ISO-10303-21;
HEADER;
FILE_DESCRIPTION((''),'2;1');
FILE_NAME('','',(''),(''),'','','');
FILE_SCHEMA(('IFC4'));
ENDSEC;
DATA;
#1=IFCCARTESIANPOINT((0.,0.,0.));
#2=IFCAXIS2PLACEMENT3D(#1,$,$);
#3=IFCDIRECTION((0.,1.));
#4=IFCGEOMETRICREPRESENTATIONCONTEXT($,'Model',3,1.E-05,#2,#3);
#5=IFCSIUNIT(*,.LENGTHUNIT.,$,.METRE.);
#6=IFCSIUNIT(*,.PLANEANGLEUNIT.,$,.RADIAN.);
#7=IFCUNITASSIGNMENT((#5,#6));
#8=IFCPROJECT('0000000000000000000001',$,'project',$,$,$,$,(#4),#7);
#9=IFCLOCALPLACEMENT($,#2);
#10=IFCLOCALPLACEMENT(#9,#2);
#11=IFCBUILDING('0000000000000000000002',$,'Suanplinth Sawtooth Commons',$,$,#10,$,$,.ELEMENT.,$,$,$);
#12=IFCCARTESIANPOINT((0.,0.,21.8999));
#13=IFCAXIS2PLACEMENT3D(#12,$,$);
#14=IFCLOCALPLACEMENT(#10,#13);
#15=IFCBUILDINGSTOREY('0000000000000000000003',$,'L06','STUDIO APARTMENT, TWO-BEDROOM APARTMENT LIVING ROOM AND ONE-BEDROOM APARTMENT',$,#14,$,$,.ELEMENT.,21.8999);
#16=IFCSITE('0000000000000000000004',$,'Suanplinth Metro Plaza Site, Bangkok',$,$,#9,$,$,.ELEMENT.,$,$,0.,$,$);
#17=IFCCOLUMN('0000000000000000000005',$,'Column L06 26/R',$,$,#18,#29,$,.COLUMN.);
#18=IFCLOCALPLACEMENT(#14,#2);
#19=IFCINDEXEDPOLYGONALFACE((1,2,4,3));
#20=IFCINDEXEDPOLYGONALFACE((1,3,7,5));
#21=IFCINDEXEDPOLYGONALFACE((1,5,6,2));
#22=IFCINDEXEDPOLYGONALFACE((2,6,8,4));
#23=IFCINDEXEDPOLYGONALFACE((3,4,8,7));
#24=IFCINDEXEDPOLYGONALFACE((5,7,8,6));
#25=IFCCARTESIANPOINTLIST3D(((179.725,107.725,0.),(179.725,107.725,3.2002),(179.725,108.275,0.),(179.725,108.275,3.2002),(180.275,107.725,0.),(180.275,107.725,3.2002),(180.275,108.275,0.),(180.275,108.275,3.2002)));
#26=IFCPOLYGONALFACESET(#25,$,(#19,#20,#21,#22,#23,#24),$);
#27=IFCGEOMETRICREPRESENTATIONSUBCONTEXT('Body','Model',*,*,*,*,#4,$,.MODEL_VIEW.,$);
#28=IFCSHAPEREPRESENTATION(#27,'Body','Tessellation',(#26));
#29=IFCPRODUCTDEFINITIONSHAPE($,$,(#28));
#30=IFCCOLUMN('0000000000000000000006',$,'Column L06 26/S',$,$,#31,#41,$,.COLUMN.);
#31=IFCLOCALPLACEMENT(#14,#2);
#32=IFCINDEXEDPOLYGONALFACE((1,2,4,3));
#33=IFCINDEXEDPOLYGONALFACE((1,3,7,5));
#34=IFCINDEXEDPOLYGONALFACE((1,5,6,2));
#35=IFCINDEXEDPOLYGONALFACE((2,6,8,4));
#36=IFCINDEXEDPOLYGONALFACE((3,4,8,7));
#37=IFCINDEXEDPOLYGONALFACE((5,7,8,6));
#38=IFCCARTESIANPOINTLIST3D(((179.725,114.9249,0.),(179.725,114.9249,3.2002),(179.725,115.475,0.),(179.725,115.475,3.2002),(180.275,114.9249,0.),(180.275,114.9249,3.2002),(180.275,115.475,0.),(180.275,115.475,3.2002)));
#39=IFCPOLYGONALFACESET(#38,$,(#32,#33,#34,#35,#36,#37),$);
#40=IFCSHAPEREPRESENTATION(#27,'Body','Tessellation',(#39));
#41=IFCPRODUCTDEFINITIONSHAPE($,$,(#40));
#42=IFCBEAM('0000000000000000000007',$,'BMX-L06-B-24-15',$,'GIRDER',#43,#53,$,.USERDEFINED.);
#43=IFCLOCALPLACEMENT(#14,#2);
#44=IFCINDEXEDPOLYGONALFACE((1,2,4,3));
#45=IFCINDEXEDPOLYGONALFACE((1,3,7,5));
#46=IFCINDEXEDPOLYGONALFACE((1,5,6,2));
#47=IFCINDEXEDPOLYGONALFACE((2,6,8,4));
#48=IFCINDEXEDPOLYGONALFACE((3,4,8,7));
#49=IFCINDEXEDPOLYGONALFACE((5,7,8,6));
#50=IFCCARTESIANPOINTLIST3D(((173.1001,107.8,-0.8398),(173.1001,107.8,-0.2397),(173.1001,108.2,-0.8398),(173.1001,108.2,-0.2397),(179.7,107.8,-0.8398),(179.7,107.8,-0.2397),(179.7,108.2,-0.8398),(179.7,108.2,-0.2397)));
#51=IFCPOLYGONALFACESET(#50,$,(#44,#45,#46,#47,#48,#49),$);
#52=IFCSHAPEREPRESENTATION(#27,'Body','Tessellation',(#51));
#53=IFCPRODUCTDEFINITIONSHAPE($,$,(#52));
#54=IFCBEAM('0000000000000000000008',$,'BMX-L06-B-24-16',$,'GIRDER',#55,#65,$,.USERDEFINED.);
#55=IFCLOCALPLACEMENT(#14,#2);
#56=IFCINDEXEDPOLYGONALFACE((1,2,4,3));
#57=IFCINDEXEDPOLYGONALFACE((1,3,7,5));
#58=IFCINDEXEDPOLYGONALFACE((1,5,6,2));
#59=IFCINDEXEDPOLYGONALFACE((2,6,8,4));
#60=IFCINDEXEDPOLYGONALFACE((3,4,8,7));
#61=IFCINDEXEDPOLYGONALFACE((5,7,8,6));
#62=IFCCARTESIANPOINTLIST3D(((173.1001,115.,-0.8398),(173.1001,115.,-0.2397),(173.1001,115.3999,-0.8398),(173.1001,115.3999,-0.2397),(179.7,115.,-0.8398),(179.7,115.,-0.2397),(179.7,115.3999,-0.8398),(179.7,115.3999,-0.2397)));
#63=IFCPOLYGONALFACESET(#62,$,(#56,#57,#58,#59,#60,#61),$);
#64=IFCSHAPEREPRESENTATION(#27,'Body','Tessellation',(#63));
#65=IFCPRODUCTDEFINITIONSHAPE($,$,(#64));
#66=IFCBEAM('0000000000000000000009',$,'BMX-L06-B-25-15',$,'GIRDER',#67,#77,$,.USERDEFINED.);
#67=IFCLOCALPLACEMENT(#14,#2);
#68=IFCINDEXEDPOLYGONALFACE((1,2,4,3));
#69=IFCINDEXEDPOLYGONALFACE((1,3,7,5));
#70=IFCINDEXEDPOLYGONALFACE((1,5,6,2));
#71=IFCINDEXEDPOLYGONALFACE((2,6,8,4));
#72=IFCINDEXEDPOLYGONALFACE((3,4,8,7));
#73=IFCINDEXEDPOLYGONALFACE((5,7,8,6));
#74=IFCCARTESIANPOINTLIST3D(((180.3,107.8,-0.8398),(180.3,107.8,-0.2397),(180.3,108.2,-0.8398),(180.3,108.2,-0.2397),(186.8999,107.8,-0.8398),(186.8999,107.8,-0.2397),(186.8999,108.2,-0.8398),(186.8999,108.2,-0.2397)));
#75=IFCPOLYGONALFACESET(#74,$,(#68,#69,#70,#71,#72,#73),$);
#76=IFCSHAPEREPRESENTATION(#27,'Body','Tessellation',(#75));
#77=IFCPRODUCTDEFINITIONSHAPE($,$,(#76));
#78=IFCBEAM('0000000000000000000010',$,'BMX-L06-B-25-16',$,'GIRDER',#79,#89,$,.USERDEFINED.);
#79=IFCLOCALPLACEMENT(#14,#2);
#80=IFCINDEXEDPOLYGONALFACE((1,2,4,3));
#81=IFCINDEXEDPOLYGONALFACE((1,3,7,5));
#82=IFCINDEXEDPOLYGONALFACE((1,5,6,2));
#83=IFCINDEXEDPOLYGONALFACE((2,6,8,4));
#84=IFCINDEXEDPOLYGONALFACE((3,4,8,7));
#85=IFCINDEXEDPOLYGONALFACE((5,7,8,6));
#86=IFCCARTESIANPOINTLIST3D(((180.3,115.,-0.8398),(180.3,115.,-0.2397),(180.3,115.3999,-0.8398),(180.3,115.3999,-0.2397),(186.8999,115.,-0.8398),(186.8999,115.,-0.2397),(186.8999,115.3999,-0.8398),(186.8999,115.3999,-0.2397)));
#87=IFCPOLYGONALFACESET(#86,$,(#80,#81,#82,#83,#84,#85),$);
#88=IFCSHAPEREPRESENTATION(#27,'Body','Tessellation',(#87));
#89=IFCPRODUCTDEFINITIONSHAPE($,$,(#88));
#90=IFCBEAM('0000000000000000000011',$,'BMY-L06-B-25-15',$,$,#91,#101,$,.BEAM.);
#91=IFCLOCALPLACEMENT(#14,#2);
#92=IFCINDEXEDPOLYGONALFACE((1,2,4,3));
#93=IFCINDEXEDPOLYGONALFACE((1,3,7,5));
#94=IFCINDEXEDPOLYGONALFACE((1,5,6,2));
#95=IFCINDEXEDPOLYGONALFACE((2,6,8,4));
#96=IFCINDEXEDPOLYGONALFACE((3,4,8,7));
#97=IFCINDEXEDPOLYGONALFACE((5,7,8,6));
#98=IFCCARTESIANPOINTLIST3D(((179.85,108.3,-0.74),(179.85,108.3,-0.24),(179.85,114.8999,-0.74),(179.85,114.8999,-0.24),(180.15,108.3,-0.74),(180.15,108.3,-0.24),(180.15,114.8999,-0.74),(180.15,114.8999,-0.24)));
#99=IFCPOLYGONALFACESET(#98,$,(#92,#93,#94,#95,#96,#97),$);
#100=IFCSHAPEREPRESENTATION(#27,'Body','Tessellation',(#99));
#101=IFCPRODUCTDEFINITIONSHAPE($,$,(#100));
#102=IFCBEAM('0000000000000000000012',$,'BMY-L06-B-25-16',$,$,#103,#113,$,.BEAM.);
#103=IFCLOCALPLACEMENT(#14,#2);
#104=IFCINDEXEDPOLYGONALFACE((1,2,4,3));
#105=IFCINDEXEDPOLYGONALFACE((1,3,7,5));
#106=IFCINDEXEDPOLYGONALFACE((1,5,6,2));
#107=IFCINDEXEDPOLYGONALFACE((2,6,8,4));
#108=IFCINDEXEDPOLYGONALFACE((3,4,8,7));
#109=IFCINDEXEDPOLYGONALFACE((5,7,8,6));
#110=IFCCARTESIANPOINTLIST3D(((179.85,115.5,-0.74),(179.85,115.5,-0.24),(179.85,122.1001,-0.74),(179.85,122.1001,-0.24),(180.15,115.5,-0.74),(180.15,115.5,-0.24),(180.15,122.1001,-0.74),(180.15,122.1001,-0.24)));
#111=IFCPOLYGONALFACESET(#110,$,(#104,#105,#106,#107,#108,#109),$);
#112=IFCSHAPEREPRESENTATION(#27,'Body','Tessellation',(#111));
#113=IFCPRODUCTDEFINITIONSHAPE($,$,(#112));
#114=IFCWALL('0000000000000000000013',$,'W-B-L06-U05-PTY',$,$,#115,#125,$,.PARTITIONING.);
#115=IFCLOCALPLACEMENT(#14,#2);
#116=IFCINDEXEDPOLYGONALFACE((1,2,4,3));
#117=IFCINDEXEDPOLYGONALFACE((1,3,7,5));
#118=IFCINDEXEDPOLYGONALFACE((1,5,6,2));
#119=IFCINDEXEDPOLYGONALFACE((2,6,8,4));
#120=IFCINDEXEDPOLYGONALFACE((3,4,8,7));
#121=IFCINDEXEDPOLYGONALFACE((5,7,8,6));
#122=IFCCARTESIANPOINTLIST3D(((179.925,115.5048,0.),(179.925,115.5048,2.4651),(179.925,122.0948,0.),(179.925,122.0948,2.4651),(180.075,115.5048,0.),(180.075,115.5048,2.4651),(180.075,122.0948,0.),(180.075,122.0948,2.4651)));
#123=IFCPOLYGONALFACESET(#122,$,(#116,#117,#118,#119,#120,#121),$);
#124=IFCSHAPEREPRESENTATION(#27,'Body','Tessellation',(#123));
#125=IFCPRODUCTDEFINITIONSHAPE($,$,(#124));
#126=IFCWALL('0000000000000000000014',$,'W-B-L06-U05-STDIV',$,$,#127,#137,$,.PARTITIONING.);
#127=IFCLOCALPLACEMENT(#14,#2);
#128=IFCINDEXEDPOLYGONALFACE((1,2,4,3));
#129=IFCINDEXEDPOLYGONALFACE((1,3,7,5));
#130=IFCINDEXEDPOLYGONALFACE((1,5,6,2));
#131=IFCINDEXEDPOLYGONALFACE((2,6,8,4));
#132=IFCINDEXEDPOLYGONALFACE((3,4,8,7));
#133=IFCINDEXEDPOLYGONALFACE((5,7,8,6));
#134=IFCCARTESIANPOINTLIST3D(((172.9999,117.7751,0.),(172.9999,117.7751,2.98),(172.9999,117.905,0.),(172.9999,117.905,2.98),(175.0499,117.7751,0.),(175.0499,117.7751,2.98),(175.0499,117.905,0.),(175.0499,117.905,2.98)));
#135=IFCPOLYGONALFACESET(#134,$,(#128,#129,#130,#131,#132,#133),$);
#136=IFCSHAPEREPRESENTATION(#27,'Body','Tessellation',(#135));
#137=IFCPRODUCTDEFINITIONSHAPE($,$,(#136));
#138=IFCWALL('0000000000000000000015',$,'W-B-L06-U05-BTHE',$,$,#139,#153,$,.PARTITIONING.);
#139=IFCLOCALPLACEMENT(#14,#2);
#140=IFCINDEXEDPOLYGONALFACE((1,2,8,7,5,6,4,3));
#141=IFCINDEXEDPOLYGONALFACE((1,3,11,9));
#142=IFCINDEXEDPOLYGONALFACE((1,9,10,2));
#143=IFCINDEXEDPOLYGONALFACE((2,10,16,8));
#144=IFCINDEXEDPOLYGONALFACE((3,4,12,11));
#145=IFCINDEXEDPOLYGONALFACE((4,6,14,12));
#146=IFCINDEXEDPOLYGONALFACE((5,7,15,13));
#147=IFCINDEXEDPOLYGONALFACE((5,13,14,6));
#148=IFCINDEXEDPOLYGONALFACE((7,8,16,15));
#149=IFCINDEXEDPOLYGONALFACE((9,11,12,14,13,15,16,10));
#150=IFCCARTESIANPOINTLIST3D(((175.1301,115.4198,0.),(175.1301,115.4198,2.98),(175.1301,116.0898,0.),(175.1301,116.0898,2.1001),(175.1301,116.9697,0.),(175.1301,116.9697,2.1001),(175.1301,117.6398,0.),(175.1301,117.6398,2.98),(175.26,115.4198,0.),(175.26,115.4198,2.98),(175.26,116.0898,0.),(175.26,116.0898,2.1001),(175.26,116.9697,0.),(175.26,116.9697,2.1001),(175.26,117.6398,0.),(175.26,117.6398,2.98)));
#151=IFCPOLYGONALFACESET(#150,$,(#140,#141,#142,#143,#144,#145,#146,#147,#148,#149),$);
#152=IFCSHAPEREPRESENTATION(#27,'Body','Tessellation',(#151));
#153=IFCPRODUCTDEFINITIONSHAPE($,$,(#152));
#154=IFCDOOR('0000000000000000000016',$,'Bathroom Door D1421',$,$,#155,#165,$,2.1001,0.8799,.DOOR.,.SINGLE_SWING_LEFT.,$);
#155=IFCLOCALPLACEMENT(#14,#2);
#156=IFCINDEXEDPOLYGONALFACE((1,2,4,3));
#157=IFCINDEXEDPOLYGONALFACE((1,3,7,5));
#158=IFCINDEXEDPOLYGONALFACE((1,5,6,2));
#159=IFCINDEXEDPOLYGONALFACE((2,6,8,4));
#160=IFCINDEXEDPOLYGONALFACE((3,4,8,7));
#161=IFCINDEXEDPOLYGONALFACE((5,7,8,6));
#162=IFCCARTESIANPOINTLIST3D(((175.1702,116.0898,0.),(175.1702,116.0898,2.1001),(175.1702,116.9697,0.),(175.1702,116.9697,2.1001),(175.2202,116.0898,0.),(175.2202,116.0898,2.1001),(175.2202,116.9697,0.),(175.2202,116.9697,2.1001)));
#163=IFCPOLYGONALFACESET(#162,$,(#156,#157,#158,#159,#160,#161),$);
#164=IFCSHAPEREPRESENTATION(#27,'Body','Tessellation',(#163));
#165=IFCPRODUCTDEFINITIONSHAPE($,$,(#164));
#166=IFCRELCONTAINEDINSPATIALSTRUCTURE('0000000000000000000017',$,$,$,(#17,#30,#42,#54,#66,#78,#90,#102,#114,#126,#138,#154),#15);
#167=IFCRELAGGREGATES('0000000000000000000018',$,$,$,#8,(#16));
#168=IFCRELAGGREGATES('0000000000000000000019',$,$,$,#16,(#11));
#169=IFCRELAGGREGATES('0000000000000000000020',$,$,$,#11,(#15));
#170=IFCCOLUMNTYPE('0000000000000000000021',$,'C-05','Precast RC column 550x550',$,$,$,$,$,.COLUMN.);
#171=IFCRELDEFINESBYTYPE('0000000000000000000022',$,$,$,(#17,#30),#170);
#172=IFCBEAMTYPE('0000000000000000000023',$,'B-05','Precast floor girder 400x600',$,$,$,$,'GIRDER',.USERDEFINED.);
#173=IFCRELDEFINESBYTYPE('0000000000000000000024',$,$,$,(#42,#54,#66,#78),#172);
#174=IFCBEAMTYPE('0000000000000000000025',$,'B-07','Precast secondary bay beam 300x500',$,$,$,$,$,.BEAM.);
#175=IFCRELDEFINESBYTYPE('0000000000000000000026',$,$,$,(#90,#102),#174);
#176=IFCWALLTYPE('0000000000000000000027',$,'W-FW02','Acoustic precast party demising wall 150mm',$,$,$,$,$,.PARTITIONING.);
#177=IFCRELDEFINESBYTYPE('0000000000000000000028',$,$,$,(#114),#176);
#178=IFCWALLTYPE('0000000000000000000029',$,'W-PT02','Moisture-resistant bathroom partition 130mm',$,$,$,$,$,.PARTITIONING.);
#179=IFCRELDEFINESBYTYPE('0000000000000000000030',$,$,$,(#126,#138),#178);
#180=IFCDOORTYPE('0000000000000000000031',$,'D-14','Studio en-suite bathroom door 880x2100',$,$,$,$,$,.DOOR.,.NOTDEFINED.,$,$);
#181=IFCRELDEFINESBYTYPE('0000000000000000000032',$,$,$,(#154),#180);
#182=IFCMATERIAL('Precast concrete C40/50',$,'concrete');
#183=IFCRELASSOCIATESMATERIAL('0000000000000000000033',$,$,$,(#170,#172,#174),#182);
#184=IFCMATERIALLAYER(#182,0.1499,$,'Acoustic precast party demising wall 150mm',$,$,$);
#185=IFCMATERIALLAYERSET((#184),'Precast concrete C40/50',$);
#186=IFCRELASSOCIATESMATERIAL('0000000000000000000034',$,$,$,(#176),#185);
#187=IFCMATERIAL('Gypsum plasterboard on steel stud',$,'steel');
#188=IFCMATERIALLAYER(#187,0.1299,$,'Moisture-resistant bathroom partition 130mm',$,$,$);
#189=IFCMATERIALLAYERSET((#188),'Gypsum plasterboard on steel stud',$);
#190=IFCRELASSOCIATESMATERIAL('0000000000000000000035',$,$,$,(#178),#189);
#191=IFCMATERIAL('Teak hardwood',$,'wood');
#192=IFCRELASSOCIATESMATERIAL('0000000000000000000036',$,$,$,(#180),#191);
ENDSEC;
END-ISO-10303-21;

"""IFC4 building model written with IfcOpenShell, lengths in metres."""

from ifc_helpers import new_model, si_unit, direction, frame, frame_2d, origin, origin_2d, place, context, subcontext, project, spatial, rectangle, extrude, material, layer, layer_set, material_profile, profile_set, type_object, element, fill, save


model = new_model("IFC4")

# Units and contexts
model_context = context("Model", 3, precision=1e-05, world=origin(), true_north=direction((0.0, 1.0)))
body_context = subcontext(model_context, "Body", "Model", "MODEL_VIEW")
ifc_project = project(units=[si_unit("LENGTHUNIT", "METRE"), si_unit("PLANEANGLEUNIT", "RADIAN")], contexts=[model_context])

# Site, building, storey
site_placement = place(None, origin())
site = spatial("IfcSite", under=ifc_project, at=site_placement, Name="Suanplinth Metro Plaza Site, Bangkok", CompositionType="ELEMENT", RefElevation=0.0)
building_placement = place(site_placement, origin())
building = spatial("IfcBuilding", under=site, at=building_placement, Name="Suanplinth Sawtooth Commons", CompositionType="ELEMENT")
storey_placement = place(building_placement, frame((0.0, 0.0, 21.8999)))
storey = spatial("IfcBuildingStorey", under=building, at=storey_placement, Name="L06", Description="STUDIO APARTMENT, TWO-BEDROOM APARTMENT LIVING ROOM AND ONE-BEDROOM APARTMENT", CompositionType="ELEMENT", Elevation=21.8999)

# Columns
ifc_material_1 = material(Name="Precast concrete C40/50", Category="concrete")
ifc_material_profile_1 = material_profile(ifc_material_1, rectangle(XDim=0.55, YDim=0.55, at=origin_2d()), Name="PC-COL 550x550")
ifc_profile_set_1 = profile_set([ifc_material_profile_1], Name="Precast concrete C40/50")
column_type = type_object("IfcColumnType", Name="C-05", Description="Precast RC column 550x550", PredefinedType="COLUMN", material=ifc_profile_set_1)
for number, where, z_axis, x_axis, name in (
    (1, (180.0, 108.0, 0.0), (0.0, 0.0, 1.0), (1.0, 0.0, 0.0), "Column L06 26/R"),
    (2, (180.0, 115.2, 0.0), (0.0, 0.0, 1.0), (1.0, 0.0, 0.0), "Column L06 26/S"),
):
    element("IfcColumn", number, at=place(storey_placement, frame(where, z_axis=z_axis, x_axis=x_axis)), inside=storey, type_object=column_type, Name=name, PredefinedType="COLUMN", context=body_context, shape_type="SweptSolid", body=[
        extrude(rectangle(XDim=0.55, YDim=0.55, at=origin_2d()), origin(), (0.0, 0.0, 1.0), 3.2002),
    ])

# Beams
ifc_material_profile_2 = material_profile(ifc_material_1, rectangle(XDim=0.3999, YDim=0.6001, at=origin_2d()), Name="PC-GDR 400x600")
ifc_profile_set_2 = profile_set([ifc_material_profile_2], Name="Precast concrete C40/50")
beam_type_1 = type_object("IfcBeamType", Name="B-05", Description="Precast floor girder 400x600", ElementType="GIRDER", PredefinedType="USERDEFINED", material=ifc_profile_set_2)
for number, where, z_axis, x_axis, name in (
    (3, (173.1001, 108.0, -0.5398), (1.0, 0.0, 0.0), (0.0, 1.0, 0.0), "BMX-L06-B-24-15"),
    (4, (173.1001, 115.2, -0.5398), (1.0, 0.0, 0.0), (0.0, 1.0, 0.0), "BMX-L06-B-24-16"),
    (5, (180.3, 108.0, -0.5398), (1.0, 0.0, 0.0), (0.0, 1.0, 0.0), "BMX-L06-B-25-15"),
    (6, (180.3, 115.2, -0.5398), (1.0, 0.0, 0.0), (0.0, 1.0, 0.0), "BMX-L06-B-25-16"),
):
    element("IfcBeam", number, at=place(storey_placement, frame(where, z_axis=z_axis, x_axis=x_axis)), inside=storey, type_object=beam_type_1, Name=name, ObjectType="GIRDER", PredefinedType="USERDEFINED", context=body_context, shape_type="SweptSolid", body=[
        extrude(rectangle(XDim=0.3999, YDim=0.6001, at=origin_2d()), origin(), (0.0, 0.0, 1.0), 6.5999),
    ])
ifc_material_profile_3 = material_profile(ifc_material_1, rectangle(XDim=0.3, YDim=0.5, at=origin_2d()), Name="PC-BM 300x500")
ifc_profile_set_3 = profile_set([ifc_material_profile_3], Name="Precast concrete C40/50")
beam_type_2 = type_object("IfcBeamType", Name="B-07", Description="Precast secondary bay beam 300x500", PredefinedType="BEAM", material=ifc_profile_set_3)
beam_1_placement = place(storey_placement, frame((180.0, 108.3, -0.49), z_axis=(0.0, 1.0, 0.0), x_axis=(-1.0, 0.0, 0.0)))
element("IfcBeam", 7, at=beam_1_placement, inside=storey, type_object=beam_type_2, Name="BMY-L06-B-25-15", PredefinedType="BEAM", context=body_context, shape_type="SweptSolid", body=[
    extrude(rectangle(XDim=0.3, YDim=0.5, at=origin_2d()), origin(), (0.0, 0.0, 1.0), 6.5999),
])
beam_2_placement = place(storey_placement, frame((180.0, 115.5, -0.49), z_axis=(0.0, 1.0, 0.0), x_axis=(-1.0, 0.0, 0.0)))
element("IfcBeam", 8, at=beam_2_placement, inside=storey, type_object=beam_type_2, Name="BMY-L06-B-25-16", PredefinedType="BEAM", context=body_context, shape_type="SweptSolid", body=[
    extrude(rectangle(XDim=0.3, YDim=0.5, at=origin_2d()), origin(), (0.0, 0.0, 1.0), 6.6001),
])

# Walls
ifc_layer_1 = layer(ifc_material_1, 0.1499, Name="Acoustic precast party demising wall 150mm")
ifc_layer_set_1 = layer_set([ifc_layer_1], Name="Precast concrete C40/50")
wall_type_1 = type_object("IfcWallType", Name="W-FW02", Description="Acoustic precast party demising wall 150mm", PredefinedType="PARTITIONING", material=ifc_layer_set_1)
wall_1_placement = place(storey_placement, frame((180.0, 115.5049, 0.0), z_axis=(0.0, 0.0, 1.0), x_axis=(0.0, 1.0, 0.0)))
element("IfcWall", 9, at=wall_1_placement, inside=storey, type_object=wall_type_1, Name="W-B-L06-U05-PTY", PredefinedType="PARTITIONING", context=body_context, shape_type="SweptSolid", body=[
    extrude(rectangle(XDim=6.5901, YDim=0.1499, at=frame_2d((3.2949, 0.0))), origin(), (0.0, 0.0, 1.0), 2.4651),
])
ifc_material_2 = material(Name="Gypsum plasterboard on steel stud", Category="steel")
ifc_layer_2 = layer(ifc_material_2, 0.1299, Name="Moisture-resistant bathroom partition 130mm")
ifc_layer_set_2 = layer_set([ifc_layer_2], Name="Gypsum plasterboard on steel stud")
wall_type_2 = type_object("IfcWallType", Name="W-PT02", Description="Moisture-resistant bathroom partition 130mm", PredefinedType="PARTITIONING", material=ifc_layer_set_2)
wall_2_placement = place(storey_placement, frame((173.0, 117.8401, 0.0), z_axis=(0.0, 0.0, 1.0), x_axis=(1.0, 0.0, 0.0)))
element("IfcWall", 10, at=wall_2_placement, inside=storey, type_object=wall_type_2, Name="W-B-L06-U05-STDIV", PredefinedType="PARTITIONING", context=body_context, shape_type="SweptSolid", body=[
    extrude(rectangle(XDim=2.05, YDim=0.1299, at=frame_2d((1.0249, 0.0))), origin(), (0.0, 0.0, 1.0), 2.98),
])

# Wall, opening, door
wall_3_placement = place(storey_placement, frame((175.1951, 115.4199, 0.0), z_axis=(0.0, 0.0, 1.0), x_axis=(0.0, 1.0, 0.0)))
wall_3 = element("IfcWall", 11, at=wall_3_placement, inside=storey, type_object=wall_type_2, Name="W-B-L06-U05-BTHE", PredefinedType="PARTITIONING", context=body_context, shape_type="SweptSolid", body=[
    extrude(rectangle(XDim=2.22, YDim=0.1299, at=frame_2d((1.1099, 0.0))), origin(), (0.0, 0.0, 1.0), 2.98),
])
opening_1_placement = place(wall_3_placement, frame((0.6699, 0.0, 0.0)))
opening_1 = element("IfcOpeningElement", 12, at=opening_1_placement, cuts=wall_3, PredefinedType="OPENING", context=body_context, shape_type="SweptSolid", body=[
    extrude(rectangle(XDim=0.8799, YDim=2.1001, at=frame_2d((0.4399, 1.05))), frame((0.0, 0.0798, 0.0), z_axis=(0.0, -1.0, 0.0), x_axis=(1.0, 0.0, 0.0)), (0.0, 0.0, 1.0), 0.1597),
])
ifc_material_3 = material(Name="Teak hardwood", Category="wood")
door_type_1 = type_object("IfcDoorType", Name="D-14", Description="Studio en-suite bathroom door 880x2100", OperationType="NOTDEFINED", PredefinedType="DOOR", material=ifc_material_3)
door_1_placement = place(opening_1_placement, origin())
door_1 = element("IfcDoor", 13, at=door_1_placement, inside=storey, type_object=door_type_1, Name="Bathroom Door D1421", OperationType="SINGLE_SWING_LEFT", OverallHeight=2.1001, OverallWidth=0.8799, PredefinedType="DOOR", context=body_context, shape_type="SweptSolid", body=[
    extrude(rectangle(XDim=0.8799, YDim=2.1001, at=frame_2d((0.4399, 1.05))), frame((0.0, 0.0249, 0.0), z_axis=(0.0, -1.0, 0.0), x_axis=(1.0, 0.0, 0.0)), (0.0, 0.0, 1.0), 0.05),
])
fill(opening_1, door_1)

save(model, "model.ifc")
